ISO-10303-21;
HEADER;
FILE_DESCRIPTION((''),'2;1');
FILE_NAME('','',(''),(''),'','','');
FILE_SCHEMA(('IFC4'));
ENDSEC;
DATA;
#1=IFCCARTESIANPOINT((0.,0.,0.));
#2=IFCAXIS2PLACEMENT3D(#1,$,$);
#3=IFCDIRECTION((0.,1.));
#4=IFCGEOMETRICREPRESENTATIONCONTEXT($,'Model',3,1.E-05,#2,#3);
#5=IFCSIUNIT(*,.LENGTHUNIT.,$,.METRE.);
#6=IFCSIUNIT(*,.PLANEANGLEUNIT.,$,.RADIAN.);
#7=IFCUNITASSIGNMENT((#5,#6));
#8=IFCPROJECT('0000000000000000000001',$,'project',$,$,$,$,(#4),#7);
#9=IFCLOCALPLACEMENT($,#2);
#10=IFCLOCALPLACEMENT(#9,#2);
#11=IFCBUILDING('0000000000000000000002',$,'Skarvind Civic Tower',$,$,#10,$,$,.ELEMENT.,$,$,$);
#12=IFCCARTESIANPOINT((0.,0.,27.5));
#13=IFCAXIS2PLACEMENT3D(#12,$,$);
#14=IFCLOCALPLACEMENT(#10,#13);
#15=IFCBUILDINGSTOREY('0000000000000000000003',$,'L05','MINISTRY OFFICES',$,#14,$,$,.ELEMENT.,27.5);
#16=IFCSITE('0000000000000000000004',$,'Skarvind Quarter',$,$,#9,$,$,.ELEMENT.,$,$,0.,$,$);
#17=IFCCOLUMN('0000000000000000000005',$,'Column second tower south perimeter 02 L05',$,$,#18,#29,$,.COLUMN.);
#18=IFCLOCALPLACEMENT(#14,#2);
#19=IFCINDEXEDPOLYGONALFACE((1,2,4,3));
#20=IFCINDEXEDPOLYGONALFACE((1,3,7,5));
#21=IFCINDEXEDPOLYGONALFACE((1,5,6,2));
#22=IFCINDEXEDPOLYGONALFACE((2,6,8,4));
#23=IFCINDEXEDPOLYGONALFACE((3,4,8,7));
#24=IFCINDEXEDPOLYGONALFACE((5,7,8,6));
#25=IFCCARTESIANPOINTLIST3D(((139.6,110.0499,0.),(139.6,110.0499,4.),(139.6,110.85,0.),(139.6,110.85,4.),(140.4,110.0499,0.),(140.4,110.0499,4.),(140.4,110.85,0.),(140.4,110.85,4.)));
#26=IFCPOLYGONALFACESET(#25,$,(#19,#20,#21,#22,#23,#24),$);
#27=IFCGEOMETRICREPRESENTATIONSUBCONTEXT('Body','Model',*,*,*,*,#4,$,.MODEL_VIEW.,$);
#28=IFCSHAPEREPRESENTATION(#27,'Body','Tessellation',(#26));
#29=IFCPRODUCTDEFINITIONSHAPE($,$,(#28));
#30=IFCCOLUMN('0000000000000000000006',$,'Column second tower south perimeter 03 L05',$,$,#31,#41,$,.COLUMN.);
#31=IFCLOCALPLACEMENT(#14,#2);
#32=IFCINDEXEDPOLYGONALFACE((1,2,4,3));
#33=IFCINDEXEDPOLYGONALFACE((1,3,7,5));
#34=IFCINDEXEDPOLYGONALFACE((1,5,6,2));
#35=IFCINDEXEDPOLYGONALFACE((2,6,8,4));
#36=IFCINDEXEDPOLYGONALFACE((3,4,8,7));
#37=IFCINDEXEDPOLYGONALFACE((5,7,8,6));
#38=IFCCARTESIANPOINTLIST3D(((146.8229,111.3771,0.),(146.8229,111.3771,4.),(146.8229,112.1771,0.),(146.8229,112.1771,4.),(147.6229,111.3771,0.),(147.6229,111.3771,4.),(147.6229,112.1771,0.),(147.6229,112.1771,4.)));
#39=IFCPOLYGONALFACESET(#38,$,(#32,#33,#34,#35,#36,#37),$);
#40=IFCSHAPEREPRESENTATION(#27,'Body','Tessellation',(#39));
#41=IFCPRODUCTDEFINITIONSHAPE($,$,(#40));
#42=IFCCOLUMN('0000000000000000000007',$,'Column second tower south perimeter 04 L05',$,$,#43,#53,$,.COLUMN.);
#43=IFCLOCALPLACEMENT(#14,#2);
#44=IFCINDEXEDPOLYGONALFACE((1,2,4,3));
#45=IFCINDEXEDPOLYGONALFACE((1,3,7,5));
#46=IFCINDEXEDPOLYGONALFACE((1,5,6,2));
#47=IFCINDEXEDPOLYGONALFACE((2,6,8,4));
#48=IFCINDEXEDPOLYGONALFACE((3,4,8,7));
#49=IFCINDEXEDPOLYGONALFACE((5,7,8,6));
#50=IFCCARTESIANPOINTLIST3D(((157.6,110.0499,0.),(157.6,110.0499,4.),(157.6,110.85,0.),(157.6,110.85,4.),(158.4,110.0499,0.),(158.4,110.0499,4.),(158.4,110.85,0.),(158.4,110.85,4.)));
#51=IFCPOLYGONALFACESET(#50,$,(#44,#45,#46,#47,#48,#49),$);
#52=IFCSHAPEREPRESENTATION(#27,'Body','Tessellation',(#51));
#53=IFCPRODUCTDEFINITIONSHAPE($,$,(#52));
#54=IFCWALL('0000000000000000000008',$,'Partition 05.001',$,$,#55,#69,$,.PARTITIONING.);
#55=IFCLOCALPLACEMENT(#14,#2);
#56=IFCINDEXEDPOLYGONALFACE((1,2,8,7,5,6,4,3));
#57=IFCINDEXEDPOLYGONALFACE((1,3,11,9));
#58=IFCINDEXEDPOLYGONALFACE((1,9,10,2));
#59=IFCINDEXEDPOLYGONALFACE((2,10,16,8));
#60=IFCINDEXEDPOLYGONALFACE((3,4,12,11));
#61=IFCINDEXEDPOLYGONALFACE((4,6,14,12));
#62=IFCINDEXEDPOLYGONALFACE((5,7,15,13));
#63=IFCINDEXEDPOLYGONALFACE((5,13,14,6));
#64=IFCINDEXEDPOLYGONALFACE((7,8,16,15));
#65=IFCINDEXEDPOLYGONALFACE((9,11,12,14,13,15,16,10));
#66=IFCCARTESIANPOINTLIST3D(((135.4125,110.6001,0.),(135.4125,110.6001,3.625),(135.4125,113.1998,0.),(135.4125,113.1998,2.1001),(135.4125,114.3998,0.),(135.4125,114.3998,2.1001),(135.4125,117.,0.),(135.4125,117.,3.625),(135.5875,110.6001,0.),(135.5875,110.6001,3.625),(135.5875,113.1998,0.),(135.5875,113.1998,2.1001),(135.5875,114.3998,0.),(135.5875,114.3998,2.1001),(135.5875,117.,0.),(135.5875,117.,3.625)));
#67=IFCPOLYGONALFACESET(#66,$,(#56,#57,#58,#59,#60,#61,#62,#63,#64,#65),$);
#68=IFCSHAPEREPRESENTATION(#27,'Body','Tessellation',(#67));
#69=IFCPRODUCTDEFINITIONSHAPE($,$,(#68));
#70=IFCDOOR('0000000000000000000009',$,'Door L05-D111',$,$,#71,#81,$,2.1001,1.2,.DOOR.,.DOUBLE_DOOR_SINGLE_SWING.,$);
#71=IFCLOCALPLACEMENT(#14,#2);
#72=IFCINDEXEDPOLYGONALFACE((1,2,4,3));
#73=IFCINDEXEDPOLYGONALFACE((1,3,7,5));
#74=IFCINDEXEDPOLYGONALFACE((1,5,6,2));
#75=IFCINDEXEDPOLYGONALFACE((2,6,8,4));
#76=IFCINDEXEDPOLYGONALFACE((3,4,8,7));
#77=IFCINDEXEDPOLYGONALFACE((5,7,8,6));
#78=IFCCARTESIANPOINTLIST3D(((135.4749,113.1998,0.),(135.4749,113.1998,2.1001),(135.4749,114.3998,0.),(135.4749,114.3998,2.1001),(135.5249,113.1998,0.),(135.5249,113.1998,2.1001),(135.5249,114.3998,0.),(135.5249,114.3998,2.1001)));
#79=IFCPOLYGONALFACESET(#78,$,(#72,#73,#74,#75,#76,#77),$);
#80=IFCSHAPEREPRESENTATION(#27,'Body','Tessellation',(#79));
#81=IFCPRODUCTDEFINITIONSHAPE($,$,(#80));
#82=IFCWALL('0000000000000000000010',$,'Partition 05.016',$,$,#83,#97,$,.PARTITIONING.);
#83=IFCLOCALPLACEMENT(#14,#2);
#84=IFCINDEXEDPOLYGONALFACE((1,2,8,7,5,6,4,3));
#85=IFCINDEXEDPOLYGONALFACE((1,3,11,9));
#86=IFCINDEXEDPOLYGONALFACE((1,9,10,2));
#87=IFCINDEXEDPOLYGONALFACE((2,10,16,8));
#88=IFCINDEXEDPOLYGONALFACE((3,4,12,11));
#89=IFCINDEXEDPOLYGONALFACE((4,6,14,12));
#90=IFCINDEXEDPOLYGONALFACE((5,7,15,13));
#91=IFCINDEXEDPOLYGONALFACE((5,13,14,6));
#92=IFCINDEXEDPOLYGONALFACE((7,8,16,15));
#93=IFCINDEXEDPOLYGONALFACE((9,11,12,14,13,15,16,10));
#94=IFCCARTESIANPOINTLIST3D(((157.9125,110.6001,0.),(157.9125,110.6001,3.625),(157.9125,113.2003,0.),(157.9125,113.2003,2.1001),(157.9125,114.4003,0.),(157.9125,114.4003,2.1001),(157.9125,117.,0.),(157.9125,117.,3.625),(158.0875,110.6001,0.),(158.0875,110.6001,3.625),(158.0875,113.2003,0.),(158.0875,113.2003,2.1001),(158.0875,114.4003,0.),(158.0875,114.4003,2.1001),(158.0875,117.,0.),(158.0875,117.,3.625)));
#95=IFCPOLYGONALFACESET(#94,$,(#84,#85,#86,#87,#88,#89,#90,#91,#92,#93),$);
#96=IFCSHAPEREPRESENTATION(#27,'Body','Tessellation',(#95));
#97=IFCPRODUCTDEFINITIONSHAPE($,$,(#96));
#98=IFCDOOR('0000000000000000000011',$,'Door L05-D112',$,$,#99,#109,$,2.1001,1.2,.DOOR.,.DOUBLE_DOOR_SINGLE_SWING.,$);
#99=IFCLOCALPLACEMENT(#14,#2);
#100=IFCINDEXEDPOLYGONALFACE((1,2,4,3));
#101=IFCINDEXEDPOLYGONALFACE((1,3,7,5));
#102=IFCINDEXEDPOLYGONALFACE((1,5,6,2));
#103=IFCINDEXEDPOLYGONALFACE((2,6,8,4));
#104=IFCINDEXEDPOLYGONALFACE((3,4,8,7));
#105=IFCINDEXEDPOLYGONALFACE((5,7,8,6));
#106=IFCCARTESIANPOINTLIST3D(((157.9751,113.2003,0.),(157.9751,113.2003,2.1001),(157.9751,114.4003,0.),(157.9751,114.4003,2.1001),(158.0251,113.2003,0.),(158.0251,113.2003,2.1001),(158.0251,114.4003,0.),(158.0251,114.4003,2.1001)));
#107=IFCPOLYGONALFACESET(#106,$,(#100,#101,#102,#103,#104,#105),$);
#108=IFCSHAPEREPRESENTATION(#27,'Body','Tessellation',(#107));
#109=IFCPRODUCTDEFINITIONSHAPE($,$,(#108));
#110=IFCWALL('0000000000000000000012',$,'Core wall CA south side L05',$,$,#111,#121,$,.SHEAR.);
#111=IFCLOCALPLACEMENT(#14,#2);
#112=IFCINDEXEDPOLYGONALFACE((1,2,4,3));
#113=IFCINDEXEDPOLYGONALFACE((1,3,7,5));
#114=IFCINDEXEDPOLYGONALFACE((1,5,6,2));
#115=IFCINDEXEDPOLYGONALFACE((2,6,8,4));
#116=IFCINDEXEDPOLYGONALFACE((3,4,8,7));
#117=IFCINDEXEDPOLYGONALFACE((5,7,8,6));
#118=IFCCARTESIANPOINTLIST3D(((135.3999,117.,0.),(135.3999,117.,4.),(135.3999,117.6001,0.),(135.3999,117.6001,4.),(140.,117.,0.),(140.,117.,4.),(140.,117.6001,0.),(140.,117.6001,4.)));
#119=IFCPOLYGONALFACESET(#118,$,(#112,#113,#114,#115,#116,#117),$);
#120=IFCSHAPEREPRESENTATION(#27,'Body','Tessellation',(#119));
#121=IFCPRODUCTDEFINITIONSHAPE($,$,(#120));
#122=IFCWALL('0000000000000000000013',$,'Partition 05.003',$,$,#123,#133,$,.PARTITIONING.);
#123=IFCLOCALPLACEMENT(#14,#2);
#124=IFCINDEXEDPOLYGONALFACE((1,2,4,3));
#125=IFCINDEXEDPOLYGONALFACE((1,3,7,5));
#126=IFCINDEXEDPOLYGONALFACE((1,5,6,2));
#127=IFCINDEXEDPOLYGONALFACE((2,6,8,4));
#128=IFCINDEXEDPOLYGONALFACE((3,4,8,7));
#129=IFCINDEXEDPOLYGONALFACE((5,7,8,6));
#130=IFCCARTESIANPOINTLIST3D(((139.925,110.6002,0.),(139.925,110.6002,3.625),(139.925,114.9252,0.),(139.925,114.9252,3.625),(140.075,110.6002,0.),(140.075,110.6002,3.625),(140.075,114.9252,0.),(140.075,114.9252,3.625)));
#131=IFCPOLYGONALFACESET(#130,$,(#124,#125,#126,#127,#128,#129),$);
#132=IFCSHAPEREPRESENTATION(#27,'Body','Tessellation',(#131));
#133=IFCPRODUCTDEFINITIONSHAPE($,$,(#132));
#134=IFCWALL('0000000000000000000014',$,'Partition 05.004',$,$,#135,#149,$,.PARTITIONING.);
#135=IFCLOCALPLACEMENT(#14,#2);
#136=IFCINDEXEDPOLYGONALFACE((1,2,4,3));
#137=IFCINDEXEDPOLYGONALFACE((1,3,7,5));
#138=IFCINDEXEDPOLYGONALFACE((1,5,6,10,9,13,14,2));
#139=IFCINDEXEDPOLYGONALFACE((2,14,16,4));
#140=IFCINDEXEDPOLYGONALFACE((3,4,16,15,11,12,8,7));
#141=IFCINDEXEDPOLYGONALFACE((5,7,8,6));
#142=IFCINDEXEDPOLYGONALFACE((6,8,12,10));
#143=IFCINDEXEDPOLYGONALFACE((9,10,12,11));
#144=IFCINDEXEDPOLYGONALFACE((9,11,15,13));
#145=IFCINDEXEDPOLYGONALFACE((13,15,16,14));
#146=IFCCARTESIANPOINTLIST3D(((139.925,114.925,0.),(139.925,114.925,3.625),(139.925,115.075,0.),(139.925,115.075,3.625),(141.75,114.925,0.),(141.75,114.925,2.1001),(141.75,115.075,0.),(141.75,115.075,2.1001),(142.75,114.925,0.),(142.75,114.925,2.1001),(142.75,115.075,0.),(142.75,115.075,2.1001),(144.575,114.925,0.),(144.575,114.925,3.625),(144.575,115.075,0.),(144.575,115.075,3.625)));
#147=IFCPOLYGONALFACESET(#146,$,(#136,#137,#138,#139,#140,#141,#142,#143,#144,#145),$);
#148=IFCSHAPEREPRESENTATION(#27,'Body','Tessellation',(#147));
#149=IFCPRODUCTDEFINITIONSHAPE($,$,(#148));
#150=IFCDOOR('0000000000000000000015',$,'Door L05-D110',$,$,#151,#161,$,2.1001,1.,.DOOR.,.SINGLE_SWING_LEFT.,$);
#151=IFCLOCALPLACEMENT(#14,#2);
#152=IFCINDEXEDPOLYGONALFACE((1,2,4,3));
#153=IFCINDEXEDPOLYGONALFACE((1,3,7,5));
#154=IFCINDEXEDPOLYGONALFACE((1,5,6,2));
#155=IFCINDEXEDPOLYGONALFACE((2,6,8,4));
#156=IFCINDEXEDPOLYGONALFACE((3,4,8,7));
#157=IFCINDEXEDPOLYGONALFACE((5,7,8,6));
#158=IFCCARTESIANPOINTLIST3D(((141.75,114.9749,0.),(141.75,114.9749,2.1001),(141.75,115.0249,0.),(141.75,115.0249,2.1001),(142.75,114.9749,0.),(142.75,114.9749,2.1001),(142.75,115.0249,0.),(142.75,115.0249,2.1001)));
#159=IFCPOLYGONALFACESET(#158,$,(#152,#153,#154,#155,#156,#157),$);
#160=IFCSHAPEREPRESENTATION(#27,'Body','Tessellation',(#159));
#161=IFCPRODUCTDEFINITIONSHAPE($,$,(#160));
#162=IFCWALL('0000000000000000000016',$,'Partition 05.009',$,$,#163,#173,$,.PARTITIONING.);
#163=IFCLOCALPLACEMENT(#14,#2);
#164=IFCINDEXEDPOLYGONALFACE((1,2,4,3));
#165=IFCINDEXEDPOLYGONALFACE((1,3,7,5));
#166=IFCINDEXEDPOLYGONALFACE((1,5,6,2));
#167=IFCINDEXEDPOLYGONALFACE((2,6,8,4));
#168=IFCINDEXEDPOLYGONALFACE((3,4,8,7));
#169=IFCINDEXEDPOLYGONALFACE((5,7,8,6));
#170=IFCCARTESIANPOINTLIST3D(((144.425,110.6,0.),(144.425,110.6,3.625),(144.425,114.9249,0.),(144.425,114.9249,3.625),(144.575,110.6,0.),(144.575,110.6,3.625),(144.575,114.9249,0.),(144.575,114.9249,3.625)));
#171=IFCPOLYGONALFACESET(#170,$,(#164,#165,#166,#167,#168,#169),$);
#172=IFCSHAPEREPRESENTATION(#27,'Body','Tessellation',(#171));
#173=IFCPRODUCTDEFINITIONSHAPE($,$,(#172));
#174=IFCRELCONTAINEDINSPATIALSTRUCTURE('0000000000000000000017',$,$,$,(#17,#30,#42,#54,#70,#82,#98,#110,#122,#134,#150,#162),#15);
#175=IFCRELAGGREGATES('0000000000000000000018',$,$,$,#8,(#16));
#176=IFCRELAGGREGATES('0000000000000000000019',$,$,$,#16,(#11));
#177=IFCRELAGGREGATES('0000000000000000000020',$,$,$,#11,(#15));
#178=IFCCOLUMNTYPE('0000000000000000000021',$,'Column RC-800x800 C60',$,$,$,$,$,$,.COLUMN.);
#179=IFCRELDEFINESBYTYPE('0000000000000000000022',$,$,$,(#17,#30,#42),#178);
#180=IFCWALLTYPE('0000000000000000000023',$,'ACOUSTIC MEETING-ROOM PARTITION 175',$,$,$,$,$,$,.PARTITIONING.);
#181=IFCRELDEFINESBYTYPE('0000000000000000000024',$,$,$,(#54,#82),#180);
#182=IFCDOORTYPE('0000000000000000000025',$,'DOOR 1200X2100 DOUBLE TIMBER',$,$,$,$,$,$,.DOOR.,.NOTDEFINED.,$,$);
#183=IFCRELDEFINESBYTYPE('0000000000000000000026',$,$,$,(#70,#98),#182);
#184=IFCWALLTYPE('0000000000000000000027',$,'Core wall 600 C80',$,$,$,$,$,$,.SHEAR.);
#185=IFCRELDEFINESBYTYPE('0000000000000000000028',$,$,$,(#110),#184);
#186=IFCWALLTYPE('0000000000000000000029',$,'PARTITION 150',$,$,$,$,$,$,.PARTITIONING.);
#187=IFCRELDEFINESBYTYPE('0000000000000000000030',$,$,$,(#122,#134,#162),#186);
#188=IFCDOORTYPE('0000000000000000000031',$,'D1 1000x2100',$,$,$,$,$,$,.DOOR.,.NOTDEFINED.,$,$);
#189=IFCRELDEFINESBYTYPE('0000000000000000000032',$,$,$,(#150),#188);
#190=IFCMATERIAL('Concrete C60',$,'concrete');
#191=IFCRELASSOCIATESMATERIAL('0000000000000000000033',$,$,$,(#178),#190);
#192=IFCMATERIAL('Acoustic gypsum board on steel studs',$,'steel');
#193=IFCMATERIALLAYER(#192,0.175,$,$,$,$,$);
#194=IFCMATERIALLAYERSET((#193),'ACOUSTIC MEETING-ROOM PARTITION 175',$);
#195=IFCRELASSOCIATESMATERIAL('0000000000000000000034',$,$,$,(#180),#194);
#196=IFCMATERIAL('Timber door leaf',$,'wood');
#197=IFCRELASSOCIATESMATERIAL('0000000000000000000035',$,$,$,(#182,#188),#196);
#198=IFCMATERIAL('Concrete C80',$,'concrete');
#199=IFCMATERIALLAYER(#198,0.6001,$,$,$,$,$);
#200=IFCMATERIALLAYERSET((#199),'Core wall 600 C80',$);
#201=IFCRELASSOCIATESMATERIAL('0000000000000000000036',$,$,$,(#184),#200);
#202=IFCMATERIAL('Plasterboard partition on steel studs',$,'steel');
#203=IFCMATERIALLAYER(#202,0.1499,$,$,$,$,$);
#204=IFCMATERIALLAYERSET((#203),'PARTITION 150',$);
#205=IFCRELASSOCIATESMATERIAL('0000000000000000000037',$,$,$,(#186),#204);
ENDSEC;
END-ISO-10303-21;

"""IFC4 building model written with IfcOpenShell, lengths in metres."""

from ifc_helpers import new_model, si_unit, direction, frame, frame_2d, origin, origin_2d, place, context, subcontext, project, spatial, rectangle, extrude, material, layer, layer_set, material_profile, profile_set, type_object, element, fill, save


model = new_model("IFC4")

# Units and contexts
model_context = context("Model", 3, precision=1e-05, world=origin(), true_north=direction((0.0, 1.0)))
body_context = subcontext(model_context, "Body", "Model", "MODEL_VIEW")
ifc_project = project(units=[si_unit("LENGTHUNIT", "METRE"), si_unit("PLANEANGLEUNIT", "RADIAN")], contexts=[model_context])

# Site, building, storey
site_placement = place(None, origin())
site = spatial("IfcSite", under=ifc_project, at=site_placement, Name="Skarvind Quarter", CompositionType="ELEMENT", RefElevation=0.0)
building_placement = place(site_placement, origin())
building = spatial("IfcBuilding", under=site, at=building_placement, Name="Skarvind Civic Tower", CompositionType="ELEMENT")
storey_placement = place(building_placement, frame((0.0, 0.0, 27.5)))
storey = spatial("IfcBuildingStorey", under=building, at=storey_placement, Name="L05", Description="MINISTRY OFFICES", CompositionType="ELEMENT", Elevation=27.5)

# Columns
ifc_material_1 = material(Name="Concrete C60", Category="concrete")
ifc_material_profile = material_profile(ifc_material_1, rectangle(XDim=0.8, YDim=0.8, at=origin_2d()), Name="RC-800x800")
ifc_profile_set = profile_set([ifc_material_profile], Name="Concrete C60")
column_type = type_object("IfcColumnType", Name="Column RC-800x800 C60", PredefinedType="COLUMN", material=ifc_profile_set)
for number, where, z_axis, x_axis, name in (
    (1, (140.0, 110.45, 0.0), (0.0, 0.0, 1.0), (1.0, 0.0, 0.0), "Column second tower south perimeter 02 L05"),
    (2, (147.2229, 111.7771, 0.0), (0.0, 0.0, 1.0), (1.0, 0.0, 0.0), "Column second tower south perimeter 03 L05"),
    (3, (158.0, 110.45, 0.0), (0.0, 0.0, 1.0), (1.0, 0.0, 0.0), "Column second tower south perimeter 04 L05"),
):
    element("IfcColumn", number, at=place(storey_placement, frame(where, z_axis=z_axis, x_axis=x_axis)), inside=storey, type_object=column_type, Name=name, PredefinedType="COLUMN", context=body_context, shape_type="SweptSolid", body=[
        extrude(rectangle(XDim=0.8, YDim=0.8, at=origin_2d()), origin(), (0.0, 0.0, 1.0), 4.0),
    ])

# Walls, openings, doors
ifc_material_2 = material(Name="Acoustic gypsum board on steel studs", Category="steel")
ifc_layer_1 = layer(ifc_material_2, 0.175)
ifc_layer_set_1 = layer_set([ifc_layer_1], Name="ACOUSTIC MEETING-ROOM PARTITION 175")
wall_type_1 = type_object("IfcWallType", Name="ACOUSTIC MEETING-ROOM PARTITION 175", PredefinedType="PARTITIONING", material=ifc_layer_set_1)
wall_1_placement = place(storey_placement, frame((135.5, 117.0, 0.0), z_axis=(0.0, 0.0, 1.0), x_axis=(0.0, -1.0, 0.0)))
wall_1 = element("IfcWall", 4, at=wall_1_placement, inside=storey, type_object=wall_type_1, Name="Partition 05.001", PredefinedType="PARTITIONING", context=body_context, shape_type="SweptSolid", body=[
    extrude(rectangle(XDim=6.3999, YDim=0.175, at=frame_2d((3.2, 0.0))), origin(), (0.0, 0.0, 1.0), 3.625),
])
opening_1_placement = place(wall_1_placement, frame((2.6001, 0.0, 0.0)))
opening_1 = element("IfcOpeningElement", 5, at=opening_1_placement, cuts=wall_1, PredefinedType="OPENING", context=body_context, shape_type="SweptSolid", body=[
    extrude(rectangle(XDim=1.2, YDim=2.1001, at=frame_2d((0.6001, 1.05))), frame((0.0, 0.0974, 0.0), z_axis=(0.0, -1.0, 0.0), x_axis=(1.0, 0.0, 0.0)), (0.0, 0.0, 1.0), 0.1951),
])
ifc_material_3 = material(Name="Timber door leaf", Category="wood")
door_type_1 = type_object("IfcDoorType", Name="DOOR 1200X2100 DOUBLE TIMBER", OperationType="NOTDEFINED", PredefinedType="DOOR", material=ifc_material_3)
door_1_placement = place(opening_1_placement, origin())
door_1 = element("IfcDoor", 6, at=door_1_placement, inside=storey, type_object=door_type_1, Name="Door L05-D111", OperationType="DOUBLE_DOOR_SINGLE_SWING", OverallHeight=2.1001, OverallWidth=1.2, PredefinedType="DOOR", context=body_context, shape_type="SweptSolid", body=[
    extrude(rectangle(XDim=1.2, YDim=2.1001, at=frame_2d((0.6001, 1.05))), frame((0.0, 0.0249, 0.0), z_axis=(0.0, -1.0, 0.0), x_axis=(1.0, 0.0, 0.0)), (0.0, 0.0, 1.0), 0.05),
])
fill(opening_1, door_1)
wall_2_placement = place(storey_placement, frame((158.0, 110.6001, 0.0), z_axis=(0.0, 0.0, 1.0), x_axis=(0.0, 1.0, 0.0)))
wall_2 = element("IfcWall", 7, at=wall_2_placement, inside=storey, type_object=wall_type_1, Name="Partition 05.016", PredefinedType="PARTITIONING", context=body_context, shape_type="SweptSolid", body=[
    extrude(rectangle(XDim=6.3999, YDim=0.175, at=frame_2d((3.2, 0.0))), origin(), (0.0, 0.0, 1.0), 3.625),
])
opening_2_placement = place(wall_2_placement, frame((2.6001, 0.0, 0.0)))
opening_2 = element("IfcOpeningElement", 8, at=opening_2_placement, cuts=wall_2, PredefinedType="OPENING", context=body_context, shape_type="SweptSolid", body=[
    extrude(rectangle(XDim=1.2, YDim=2.1001, at=frame_2d((0.6001, 1.05))), frame((0.0, 0.0974, 0.0), z_axis=(0.0, -1.0, 0.0), x_axis=(1.0, 0.0, 0.0)), (0.0, 0.0, 1.0), 0.1951),
])
door_2_placement = place(opening_2_placement, origin())
door_2 = element("IfcDoor", 9, at=door_2_placement, inside=storey, type_object=door_type_1, Name="Door L05-D112", OperationType="DOUBLE_DOOR_SINGLE_SWING", OverallHeight=2.1001, OverallWidth=1.2, PredefinedType="DOOR", context=body_context, shape_type="SweptSolid", body=[
    extrude(rectangle(XDim=1.2, YDim=2.1001, at=frame_2d((0.6001, 1.05))), frame((0.0, 0.0249, 0.0), z_axis=(0.0, -1.0, 0.0), x_axis=(1.0, 0.0, 0.0)), (0.0, 0.0, 1.0), 0.05),
])
fill(opening_2, door_2)

# Walls
ifc_material_4 = material(Name="Concrete C80", Category="concrete")
ifc_layer_2 = layer(ifc_material_4, 0.6001)
ifc_layer_set_2 = layer_set([ifc_layer_2], Name="Core wall 600 C80")
wall_type_2 = type_object("IfcWallType", Name="Core wall 600 C80", PredefinedType="SHEAR", material=ifc_layer_set_2)
wall_3_placement = place(storey_placement, frame((135.3999, 117.3, 0.0), z_axis=(0.0, 0.0, 1.0), x_axis=(1.0, 0.0, 0.0)))
element("IfcWall", 10, at=wall_3_placement, inside=storey, type_object=wall_type_2, Name="Core wall CA south side L05", PredefinedType="SHEAR", context=body_context, shape_type="SweptSolid", body=[
    extrude(rectangle(XDim=4.6001, YDim=0.6001, at=frame_2d((2.3, 0.0))), origin(), (0.0, 0.0, 1.0), 4.0),
])
ifc_material_5 = material(Name="Plasterboard partition on steel studs", Category="steel")
ifc_layer_3 = layer(ifc_material_5, 0.1499)
ifc_layer_set_3 = layer_set([ifc_layer_3], Name="PARTITION 150")
wall_type_3 = type_object("IfcWallType", Name="PARTITION 150", PredefinedType="PARTITIONING", material=ifc_layer_set_3)
wall_4_placement = place(storey_placement, frame((140.0, 110.6001, 0.0), z_axis=(0.0, 0.0, 1.0), x_axis=(0.0, 1.0, 0.0)))
element("IfcWall", 11, at=wall_4_placement, inside=storey, type_object=wall_type_3, Name="Partition 05.003", PredefinedType="PARTITIONING", context=body_context, shape_type="SweptSolid", body=[
    extrude(rectangle(XDim=4.325, YDim=0.1499, at=frame_2d((2.1626, 0.0))), origin(), (0.0, 0.0, 1.0), 3.625),
])

# Wall, opening, door
wall_5_placement = place(storey_placement, frame((139.925, 115.0, 0.0), z_axis=(0.0, 0.0, 1.0), x_axis=(1.0, 0.0, 0.0)))
wall_5 = element("IfcWall", 12, at=wall_5_placement, inside=storey, type_object=wall_type_3, Name="Partition 05.004", PredefinedType="PARTITIONING", context=body_context, shape_type="SweptSolid", body=[
    extrude(rectangle(XDim=4.6499, YDim=0.1499, at=frame_2d((2.325, 0.0))), origin(), (0.0, 0.0, 1.0), 3.625),
])
opening_3_placement = place(wall_5_placement, frame((1.825, 0.0, 0.0)))
opening_3 = element("IfcOpeningElement", 13, at=opening_3_placement, cuts=wall_5, PredefinedType="OPENING", context=body_context, shape_type="SweptSolid", body=[
    extrude(rectangle(XDim=1.0, YDim=2.1001, at=frame_2d((0.5, 1.05))), frame((0.0, 0.085, 0.0), z_axis=(0.0, -1.0, 0.0), x_axis=(1.0, 0.0, 0.0)), (0.0, 0.0, 1.0), 0.1699),
])
door_type_2 = type_object("IfcDoorType", Name="D1 1000x2100", OperationType="NOTDEFINED", PredefinedType="DOOR", material=ifc_material_3)
door_3_placement = place(opening_3_placement, origin())
door_3 = element("IfcDoor", 14, at=door_3_placement, inside=storey, type_object=door_type_2, Name="Door L05-D110", OperationType="SINGLE_SWING_LEFT", OverallHeight=2.1001, OverallWidth=1.0, PredefinedType="DOOR", context=body_context, shape_type="SweptSolid", body=[
    extrude(rectangle(XDim=1.0, YDim=2.1001, at=frame_2d((0.5, 1.05))), frame((0.0, 0.0249, 0.0), z_axis=(0.0, -1.0, 0.0), x_axis=(1.0, 0.0, 0.0)), (0.0, 0.0, 1.0), 0.05),
])
fill(opening_3, door_3)

# Wall
wall_6_placement = place(storey_placement, frame((144.5, 114.925, 0.0), z_axis=(0.0, 0.0, 1.0), x_axis=(0.0, -1.0, 0.0)))
element("IfcWall", 15, at=wall_6_placement, inside=storey, type_object=wall_type_3, Name="Partition 05.009", PredefinedType="PARTITIONING", context=body_context, shape_type="SweptSolid", body=[
    extrude(rectangle(XDim=4.325, YDim=0.1499, at=frame_2d((2.1626, 0.0))), origin(), (0.0, 0.0, 1.0), 3.625),
])

save(model, "model.ifc")
